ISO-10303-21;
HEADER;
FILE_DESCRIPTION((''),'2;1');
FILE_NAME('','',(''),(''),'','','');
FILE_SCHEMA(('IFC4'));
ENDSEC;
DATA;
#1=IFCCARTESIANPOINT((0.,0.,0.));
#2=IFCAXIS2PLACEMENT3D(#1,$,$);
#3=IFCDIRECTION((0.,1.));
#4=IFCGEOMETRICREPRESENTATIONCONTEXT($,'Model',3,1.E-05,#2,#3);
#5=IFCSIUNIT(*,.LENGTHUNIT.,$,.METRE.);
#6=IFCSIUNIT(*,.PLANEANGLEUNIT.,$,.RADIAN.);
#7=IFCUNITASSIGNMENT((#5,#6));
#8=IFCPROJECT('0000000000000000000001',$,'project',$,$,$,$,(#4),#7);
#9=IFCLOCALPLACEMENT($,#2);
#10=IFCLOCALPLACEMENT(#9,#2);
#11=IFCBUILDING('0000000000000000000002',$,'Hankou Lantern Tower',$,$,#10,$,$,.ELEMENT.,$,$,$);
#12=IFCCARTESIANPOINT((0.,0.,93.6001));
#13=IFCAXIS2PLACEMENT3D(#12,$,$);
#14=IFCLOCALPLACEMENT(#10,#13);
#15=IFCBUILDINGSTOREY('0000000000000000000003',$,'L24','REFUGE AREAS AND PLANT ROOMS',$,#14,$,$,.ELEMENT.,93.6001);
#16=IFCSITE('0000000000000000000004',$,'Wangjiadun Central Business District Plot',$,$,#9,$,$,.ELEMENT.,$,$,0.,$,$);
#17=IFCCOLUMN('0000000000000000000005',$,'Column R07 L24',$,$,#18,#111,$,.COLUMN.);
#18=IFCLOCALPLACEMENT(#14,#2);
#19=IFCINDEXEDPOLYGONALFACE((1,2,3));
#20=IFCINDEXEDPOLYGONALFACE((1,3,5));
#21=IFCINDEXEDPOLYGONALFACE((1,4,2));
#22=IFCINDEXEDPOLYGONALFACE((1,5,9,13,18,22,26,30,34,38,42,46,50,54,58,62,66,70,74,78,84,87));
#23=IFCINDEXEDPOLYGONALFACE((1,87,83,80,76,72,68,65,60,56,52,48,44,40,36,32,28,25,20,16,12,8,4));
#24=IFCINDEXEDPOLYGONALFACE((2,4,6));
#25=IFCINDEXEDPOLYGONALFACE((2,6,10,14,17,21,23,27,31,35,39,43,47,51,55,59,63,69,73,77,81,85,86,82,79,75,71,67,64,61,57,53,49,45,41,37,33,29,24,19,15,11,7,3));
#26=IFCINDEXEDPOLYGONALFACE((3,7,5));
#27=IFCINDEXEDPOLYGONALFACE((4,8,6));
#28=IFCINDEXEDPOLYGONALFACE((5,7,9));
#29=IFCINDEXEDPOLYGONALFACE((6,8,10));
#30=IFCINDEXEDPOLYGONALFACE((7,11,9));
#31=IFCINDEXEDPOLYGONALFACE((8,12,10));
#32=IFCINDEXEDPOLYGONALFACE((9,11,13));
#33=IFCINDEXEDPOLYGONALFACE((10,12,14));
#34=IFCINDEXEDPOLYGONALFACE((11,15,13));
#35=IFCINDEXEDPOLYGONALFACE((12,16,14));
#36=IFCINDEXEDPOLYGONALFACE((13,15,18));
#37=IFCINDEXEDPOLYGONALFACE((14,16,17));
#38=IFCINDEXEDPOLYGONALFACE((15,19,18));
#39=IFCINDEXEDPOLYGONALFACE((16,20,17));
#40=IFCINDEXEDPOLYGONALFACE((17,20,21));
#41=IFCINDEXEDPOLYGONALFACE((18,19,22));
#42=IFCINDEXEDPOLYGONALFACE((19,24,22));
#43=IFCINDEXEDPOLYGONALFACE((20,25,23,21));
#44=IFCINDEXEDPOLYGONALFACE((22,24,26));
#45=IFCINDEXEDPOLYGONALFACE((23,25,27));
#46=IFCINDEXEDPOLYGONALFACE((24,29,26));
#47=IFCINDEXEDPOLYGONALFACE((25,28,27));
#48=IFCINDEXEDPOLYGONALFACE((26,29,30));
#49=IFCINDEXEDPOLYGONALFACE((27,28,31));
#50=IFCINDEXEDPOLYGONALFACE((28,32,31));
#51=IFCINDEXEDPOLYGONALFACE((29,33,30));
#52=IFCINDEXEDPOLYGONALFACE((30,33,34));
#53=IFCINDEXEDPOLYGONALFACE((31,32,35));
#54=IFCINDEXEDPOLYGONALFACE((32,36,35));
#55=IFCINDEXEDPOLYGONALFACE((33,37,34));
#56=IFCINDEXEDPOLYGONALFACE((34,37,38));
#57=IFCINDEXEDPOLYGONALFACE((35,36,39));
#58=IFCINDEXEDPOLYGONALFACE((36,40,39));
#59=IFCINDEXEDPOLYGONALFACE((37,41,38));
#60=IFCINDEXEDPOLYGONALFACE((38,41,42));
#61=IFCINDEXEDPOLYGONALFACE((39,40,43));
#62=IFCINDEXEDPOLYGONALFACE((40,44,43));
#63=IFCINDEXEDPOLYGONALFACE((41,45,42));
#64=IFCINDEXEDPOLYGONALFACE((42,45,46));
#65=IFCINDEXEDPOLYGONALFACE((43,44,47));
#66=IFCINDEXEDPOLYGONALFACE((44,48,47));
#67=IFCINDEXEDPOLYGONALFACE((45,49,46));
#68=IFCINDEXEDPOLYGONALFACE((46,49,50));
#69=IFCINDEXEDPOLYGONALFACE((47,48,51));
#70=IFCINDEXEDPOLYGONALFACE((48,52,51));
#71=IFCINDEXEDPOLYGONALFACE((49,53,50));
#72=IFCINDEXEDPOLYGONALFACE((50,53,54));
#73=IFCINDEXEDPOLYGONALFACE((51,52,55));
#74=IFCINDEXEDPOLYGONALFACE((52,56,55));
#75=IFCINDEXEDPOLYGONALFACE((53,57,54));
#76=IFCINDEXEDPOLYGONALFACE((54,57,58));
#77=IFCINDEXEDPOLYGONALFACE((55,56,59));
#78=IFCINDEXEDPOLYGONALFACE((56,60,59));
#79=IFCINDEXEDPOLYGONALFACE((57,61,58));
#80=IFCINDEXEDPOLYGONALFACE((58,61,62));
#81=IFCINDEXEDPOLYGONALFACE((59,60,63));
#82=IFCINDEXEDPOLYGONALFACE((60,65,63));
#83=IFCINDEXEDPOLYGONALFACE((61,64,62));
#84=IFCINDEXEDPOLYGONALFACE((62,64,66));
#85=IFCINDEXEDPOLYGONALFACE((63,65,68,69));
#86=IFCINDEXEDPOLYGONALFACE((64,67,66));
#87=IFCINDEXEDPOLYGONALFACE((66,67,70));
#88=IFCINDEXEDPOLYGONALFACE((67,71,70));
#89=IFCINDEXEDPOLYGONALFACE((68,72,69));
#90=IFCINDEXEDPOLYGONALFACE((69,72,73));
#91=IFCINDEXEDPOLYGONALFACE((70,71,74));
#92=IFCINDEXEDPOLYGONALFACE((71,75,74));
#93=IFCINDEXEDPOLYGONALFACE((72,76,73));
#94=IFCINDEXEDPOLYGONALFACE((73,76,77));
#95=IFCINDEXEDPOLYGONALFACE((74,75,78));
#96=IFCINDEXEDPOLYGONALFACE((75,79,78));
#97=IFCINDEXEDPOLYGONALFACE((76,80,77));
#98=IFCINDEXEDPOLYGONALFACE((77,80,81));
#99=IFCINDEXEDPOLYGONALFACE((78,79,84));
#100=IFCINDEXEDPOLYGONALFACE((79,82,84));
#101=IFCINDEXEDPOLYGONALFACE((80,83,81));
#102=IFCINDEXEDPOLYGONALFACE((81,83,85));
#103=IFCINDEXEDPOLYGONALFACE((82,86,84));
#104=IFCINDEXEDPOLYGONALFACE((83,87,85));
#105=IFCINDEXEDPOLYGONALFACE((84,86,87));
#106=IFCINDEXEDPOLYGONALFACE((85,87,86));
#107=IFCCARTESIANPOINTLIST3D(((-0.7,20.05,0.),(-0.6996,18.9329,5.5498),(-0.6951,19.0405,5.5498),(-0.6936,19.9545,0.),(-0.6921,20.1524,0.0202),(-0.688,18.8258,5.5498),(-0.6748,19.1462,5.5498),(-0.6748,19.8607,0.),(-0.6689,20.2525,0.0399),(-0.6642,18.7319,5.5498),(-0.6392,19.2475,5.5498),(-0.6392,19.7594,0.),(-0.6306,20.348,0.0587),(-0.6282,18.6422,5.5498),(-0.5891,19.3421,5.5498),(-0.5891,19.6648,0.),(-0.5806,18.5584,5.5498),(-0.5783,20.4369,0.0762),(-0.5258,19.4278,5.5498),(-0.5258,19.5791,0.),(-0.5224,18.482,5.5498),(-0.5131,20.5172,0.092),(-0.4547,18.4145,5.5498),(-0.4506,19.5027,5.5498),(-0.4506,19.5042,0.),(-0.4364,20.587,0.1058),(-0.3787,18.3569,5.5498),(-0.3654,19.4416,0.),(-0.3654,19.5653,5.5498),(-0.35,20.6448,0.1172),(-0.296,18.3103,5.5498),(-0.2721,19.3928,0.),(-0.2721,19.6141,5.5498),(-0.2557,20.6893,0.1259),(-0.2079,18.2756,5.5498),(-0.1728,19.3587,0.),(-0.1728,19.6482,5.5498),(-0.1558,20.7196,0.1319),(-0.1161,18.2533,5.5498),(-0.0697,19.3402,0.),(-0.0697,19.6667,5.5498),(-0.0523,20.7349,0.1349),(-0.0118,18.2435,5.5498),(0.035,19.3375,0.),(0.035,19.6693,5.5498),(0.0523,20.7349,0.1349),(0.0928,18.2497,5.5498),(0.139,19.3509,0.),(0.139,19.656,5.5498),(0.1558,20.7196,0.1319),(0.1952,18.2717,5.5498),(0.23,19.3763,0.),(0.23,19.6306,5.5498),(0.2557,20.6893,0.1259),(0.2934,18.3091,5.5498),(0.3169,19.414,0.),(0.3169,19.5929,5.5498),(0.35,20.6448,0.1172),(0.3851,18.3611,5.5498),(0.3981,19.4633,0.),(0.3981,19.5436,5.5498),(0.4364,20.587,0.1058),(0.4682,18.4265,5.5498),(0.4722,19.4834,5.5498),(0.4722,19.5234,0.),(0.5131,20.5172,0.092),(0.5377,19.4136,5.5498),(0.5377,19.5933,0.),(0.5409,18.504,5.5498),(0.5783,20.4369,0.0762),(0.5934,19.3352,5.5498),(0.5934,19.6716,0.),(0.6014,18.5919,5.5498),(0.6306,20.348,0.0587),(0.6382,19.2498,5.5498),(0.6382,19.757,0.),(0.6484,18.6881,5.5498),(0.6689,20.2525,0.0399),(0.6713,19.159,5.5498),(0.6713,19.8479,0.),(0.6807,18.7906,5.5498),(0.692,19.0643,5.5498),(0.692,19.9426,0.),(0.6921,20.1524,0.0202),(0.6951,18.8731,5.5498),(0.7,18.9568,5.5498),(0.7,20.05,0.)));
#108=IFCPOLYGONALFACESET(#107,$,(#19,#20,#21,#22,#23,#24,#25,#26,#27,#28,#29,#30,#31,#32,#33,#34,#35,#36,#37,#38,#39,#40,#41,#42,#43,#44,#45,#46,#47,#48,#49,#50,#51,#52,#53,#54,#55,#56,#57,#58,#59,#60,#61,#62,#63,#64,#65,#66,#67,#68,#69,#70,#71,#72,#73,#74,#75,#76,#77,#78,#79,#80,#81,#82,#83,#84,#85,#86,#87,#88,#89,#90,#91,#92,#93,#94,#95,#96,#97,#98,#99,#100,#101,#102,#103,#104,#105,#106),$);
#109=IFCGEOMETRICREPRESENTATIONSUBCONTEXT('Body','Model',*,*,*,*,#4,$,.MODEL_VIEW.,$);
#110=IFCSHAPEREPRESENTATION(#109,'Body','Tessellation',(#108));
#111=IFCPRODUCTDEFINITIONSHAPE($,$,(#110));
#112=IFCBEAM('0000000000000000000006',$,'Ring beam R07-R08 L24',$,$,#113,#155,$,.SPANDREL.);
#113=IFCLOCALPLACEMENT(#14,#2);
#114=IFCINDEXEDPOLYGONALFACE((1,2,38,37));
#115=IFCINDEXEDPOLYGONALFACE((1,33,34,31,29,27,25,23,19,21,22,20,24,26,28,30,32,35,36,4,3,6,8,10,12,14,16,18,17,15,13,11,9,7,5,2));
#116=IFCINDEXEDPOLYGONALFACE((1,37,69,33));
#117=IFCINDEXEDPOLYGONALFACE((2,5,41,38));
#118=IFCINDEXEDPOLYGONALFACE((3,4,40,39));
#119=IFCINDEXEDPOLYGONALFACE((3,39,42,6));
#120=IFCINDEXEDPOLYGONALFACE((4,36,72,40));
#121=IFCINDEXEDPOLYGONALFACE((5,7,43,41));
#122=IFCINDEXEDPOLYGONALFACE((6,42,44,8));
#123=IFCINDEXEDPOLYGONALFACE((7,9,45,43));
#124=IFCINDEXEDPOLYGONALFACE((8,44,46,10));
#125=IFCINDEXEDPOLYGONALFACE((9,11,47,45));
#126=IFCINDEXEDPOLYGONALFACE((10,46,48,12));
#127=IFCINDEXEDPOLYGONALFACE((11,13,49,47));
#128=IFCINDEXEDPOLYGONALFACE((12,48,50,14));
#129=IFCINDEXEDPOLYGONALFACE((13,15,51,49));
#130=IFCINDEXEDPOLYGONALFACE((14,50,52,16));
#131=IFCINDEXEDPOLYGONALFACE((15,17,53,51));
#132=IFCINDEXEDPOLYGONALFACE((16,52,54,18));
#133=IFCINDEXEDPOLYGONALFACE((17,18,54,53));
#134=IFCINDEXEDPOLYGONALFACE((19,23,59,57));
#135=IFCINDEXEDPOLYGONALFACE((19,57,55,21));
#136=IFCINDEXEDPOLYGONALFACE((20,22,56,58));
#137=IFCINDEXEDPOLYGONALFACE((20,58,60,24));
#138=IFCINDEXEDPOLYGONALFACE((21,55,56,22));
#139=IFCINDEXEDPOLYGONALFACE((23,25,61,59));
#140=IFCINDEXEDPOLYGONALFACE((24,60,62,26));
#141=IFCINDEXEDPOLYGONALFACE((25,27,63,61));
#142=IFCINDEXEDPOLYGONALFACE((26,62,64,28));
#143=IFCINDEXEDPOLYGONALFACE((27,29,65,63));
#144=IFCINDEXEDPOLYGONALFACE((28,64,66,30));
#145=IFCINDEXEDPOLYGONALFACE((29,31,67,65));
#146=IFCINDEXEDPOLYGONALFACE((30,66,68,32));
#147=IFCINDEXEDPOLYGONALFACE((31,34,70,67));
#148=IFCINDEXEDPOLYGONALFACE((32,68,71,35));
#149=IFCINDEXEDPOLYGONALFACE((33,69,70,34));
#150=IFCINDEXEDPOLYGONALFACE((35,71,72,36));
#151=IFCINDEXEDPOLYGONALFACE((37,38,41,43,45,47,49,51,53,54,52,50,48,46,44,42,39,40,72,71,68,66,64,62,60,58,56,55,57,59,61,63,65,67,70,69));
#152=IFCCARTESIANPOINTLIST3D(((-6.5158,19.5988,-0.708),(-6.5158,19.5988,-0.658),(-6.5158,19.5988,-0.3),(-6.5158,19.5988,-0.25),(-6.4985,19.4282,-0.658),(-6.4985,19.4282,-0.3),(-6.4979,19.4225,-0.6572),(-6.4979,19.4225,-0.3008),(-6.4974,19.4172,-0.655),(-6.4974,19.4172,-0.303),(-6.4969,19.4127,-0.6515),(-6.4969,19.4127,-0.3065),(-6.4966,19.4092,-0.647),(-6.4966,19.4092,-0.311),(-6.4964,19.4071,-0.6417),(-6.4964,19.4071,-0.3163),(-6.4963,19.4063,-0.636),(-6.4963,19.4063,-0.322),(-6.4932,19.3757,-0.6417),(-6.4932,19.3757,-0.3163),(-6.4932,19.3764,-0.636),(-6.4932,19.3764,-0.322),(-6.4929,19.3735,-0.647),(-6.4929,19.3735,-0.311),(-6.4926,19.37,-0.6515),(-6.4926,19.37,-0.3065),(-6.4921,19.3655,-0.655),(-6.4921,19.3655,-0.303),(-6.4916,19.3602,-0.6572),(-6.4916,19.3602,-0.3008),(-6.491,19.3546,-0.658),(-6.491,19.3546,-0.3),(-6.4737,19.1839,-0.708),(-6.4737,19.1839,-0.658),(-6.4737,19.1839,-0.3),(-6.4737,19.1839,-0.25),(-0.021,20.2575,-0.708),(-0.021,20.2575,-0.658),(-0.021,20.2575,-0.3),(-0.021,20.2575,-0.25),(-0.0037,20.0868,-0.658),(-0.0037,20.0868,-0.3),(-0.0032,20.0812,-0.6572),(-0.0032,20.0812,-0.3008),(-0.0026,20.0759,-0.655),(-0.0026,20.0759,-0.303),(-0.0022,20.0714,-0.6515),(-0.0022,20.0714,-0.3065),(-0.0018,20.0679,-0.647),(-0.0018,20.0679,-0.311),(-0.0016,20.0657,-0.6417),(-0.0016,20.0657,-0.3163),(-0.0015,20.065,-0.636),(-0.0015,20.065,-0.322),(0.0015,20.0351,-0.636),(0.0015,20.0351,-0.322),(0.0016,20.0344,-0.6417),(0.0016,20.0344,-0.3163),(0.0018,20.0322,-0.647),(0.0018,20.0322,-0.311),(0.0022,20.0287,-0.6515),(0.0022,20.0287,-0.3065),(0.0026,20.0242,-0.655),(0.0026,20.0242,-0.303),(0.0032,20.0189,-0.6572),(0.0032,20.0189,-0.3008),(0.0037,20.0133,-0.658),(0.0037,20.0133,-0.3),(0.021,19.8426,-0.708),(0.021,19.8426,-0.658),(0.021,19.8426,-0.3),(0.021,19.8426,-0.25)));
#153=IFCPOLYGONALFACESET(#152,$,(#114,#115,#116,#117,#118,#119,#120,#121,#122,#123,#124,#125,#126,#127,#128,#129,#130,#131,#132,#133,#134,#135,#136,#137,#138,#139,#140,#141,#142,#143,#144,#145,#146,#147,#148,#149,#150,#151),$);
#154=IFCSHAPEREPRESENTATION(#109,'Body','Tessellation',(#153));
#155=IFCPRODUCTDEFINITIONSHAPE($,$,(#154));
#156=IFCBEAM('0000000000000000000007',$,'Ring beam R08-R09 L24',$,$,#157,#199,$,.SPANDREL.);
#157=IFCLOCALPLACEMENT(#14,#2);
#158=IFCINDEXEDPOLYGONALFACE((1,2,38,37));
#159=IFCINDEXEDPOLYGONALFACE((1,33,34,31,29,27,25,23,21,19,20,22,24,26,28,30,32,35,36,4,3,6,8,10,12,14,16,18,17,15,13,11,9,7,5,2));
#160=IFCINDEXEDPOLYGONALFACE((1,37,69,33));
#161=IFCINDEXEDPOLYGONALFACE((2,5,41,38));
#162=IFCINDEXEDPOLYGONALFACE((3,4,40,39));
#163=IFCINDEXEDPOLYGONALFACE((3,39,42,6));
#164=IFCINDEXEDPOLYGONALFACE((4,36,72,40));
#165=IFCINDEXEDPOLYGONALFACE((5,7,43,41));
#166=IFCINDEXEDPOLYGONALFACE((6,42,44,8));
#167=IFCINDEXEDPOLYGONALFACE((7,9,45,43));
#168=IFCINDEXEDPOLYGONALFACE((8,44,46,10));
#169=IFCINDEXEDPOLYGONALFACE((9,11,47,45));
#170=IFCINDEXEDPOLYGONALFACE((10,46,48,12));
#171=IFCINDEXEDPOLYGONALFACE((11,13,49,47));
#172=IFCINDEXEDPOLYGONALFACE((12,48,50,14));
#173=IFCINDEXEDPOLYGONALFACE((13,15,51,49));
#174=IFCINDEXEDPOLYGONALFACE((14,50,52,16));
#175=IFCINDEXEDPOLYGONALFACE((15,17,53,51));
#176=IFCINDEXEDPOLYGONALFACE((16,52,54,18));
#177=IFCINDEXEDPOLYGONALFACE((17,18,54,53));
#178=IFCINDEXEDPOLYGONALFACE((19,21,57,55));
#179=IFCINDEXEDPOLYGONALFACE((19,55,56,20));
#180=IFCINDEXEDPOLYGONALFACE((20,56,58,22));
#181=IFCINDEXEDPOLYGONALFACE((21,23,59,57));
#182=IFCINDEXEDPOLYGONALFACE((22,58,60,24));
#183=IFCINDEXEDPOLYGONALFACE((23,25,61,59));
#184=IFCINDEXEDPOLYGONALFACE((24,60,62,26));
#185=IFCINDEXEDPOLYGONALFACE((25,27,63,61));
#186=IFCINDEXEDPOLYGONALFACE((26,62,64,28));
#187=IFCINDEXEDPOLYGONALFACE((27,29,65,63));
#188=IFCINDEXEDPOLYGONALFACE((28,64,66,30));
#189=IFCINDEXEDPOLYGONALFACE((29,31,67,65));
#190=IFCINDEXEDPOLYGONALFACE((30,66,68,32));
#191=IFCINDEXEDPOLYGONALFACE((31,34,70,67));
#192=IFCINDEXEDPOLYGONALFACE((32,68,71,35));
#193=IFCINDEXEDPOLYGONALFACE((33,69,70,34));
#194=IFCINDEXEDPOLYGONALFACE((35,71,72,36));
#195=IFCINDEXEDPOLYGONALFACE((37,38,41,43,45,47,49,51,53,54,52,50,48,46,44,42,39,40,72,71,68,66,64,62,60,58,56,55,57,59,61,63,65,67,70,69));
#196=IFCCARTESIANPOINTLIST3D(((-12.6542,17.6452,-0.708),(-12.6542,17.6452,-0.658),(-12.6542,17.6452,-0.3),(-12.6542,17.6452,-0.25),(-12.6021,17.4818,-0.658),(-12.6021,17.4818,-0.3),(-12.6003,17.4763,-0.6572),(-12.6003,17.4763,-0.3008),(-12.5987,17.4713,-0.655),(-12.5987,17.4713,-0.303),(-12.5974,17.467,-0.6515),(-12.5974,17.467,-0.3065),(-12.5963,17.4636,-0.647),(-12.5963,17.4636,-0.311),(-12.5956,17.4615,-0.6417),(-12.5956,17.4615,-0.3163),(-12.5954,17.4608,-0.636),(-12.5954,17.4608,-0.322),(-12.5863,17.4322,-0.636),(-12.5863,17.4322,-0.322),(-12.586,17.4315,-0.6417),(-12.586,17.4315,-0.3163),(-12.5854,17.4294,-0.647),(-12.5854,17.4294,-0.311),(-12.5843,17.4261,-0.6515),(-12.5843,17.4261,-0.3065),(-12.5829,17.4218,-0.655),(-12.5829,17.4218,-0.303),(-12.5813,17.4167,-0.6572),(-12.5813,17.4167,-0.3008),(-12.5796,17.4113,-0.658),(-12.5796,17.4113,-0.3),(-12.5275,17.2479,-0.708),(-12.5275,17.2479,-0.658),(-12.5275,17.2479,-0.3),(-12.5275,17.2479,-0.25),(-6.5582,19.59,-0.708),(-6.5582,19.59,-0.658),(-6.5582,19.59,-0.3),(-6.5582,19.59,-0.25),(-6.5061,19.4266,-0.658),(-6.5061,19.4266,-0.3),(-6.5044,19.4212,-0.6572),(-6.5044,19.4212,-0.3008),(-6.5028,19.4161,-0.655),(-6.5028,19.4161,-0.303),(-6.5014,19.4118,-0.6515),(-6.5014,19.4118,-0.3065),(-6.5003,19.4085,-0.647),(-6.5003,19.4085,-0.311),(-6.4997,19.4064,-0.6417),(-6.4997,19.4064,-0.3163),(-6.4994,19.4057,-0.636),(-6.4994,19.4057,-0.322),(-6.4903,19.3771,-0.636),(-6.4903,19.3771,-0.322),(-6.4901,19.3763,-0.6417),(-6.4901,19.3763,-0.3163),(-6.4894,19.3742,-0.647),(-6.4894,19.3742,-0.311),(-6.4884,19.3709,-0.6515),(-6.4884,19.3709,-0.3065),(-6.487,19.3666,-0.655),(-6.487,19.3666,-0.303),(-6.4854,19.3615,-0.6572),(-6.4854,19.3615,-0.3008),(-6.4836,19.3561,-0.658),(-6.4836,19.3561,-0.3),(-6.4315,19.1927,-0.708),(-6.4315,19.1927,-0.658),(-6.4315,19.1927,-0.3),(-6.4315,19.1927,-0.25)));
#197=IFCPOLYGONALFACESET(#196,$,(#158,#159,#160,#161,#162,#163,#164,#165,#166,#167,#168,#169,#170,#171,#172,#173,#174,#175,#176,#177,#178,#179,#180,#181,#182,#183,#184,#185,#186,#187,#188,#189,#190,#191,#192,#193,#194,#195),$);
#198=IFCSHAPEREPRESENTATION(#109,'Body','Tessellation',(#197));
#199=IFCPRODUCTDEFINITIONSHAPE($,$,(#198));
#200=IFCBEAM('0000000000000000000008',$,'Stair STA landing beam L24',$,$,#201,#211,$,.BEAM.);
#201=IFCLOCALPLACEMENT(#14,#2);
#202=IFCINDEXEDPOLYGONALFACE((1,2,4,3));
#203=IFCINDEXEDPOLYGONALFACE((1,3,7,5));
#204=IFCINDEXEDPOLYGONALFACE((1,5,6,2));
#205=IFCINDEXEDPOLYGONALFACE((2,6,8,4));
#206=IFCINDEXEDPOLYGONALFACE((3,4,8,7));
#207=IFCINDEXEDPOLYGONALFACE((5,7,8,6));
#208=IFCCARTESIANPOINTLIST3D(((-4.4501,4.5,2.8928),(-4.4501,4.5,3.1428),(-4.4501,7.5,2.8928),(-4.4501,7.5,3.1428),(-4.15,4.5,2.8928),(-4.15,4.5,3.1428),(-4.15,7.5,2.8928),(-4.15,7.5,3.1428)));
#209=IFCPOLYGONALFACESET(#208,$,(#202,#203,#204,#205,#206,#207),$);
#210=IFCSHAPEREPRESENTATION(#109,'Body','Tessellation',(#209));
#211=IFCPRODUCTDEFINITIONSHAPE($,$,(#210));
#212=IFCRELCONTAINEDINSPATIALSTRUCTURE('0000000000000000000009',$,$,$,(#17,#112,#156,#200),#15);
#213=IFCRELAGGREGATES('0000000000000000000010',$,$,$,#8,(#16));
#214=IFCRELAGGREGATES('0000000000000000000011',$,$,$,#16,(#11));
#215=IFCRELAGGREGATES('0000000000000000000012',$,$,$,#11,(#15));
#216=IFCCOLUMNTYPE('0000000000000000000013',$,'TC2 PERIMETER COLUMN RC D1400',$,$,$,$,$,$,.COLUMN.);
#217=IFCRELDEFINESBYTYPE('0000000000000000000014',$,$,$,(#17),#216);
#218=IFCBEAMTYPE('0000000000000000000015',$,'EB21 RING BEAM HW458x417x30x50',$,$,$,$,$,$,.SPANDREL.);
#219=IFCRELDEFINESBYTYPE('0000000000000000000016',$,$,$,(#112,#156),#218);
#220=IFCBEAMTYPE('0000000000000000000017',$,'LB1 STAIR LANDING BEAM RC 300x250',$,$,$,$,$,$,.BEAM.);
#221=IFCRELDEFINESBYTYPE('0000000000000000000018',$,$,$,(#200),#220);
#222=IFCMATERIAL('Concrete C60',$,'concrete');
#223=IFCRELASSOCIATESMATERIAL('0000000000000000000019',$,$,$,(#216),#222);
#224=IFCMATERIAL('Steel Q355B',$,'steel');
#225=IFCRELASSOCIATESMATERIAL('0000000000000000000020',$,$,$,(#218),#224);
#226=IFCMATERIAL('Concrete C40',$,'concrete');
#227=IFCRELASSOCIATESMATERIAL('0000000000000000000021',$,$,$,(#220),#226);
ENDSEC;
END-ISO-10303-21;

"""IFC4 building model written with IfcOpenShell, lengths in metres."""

from ifc_helpers import new_model, si_unit, direction, frame, origin, origin_2d, place, context, subcontext, project, spatial, rectangle, circle, i_section, extrude, clip, halfspace, material, material_profile, profile_set, type_object, element, save


model = new_model("IFC4")

# Units and contexts
model_context = context("Model", 3, precision=1e-05, world=origin(), true_north=direction((0.0, 1.0)))
body_context = subcontext(model_context, "Body", "Model", "MODEL_VIEW")
ifc_project = project(units=[si_unit("LENGTHUNIT", "METRE"), si_unit("PLANEANGLEUNIT", "RADIAN")], contexts=[model_context])

# Site, building, storey
site_placement = place(None, origin())
site = spatial("IfcSite", under=ifc_project, at=site_placement, Name="Wangjiadun Central Business District Plot", CompositionType="ELEMENT", RefElevation=0.0)
building_placement = place(site_placement, origin())
building = spatial("IfcBuilding", under=site, at=building_placement, Name="Hankou Lantern Tower", CompositionType="ELEMENT")
storey_placement = place(building_placement, frame((0.0, 0.0, 93.6001)))
storey = spatial("IfcBuildingStorey", under=building, at=storey_placement, Name="L24", Description="REFUGE AREAS AND PLANT ROOMS", CompositionType="ELEMENT", Elevation=93.6001)

# Column
ifc_material_1 = material(Name="Concrete C60", Category="concrete")
ifc_material_profile_1 = material_profile(ifc_material_1, circle(Radius=0.7, at=origin_2d()), Name="RC D1400")
ifc_profile_set_1 = profile_set([ifc_material_profile_1], Name="Concrete C60")
column_type = type_object("IfcColumnType", Name="TC2 PERIMETER COLUMN RC D1400", PredefinedType="COLUMN", material=ifc_profile_set_1)
column_1_placement = place(storey_placement, frame((0.0, 20.05, 0.0), z_axis=(0.0, -0.193268, 0.981146), x_axis=(1.0, 0.0, 0.0)))
element("IfcColumn", 1, at=column_1_placement, inside=storey, type_object=column_type, Name="Column R07 L24", PredefinedType="COLUMN", context=body_context, shape_type="Clipping", body=[
    clip(clip(extrude(circle(Radius=0.7, at=origin_2d()), origin(), (0.0, 0.0, 1.0), 6.7266), halfspace(frame((0.0, 0.0, 0.0), z_axis=(0.0, -0.193268, -0.981146), x_axis=(1.0, 0.0, 0.0)), False)), halfspace(frame((0.0, 0.0, 5.6565), z_axis=(0.0, 0.193268, 0.981146), x_axis=(1.0, 0.0, 0.0)), False)),
])

# Beams
ifc_material_2 = material(Name="Steel Q355B", Category="steel")
ifc_material_profile_2 = material_profile(ifc_material_2, i_section(OverallWidth=0.417, OverallDepth=0.458, WebThickness=0.03, FlangeThickness=0.05, FilletRadius=0.022, at=origin_2d()), Name="HW458x417x30x50")
ifc_profile_set_2 = profile_set([ifc_material_profile_2], Name="Steel Q355B")
beam_type_1 = type_object("IfcBeamType", Name="EB21 RING BEAM HW458x417x30x50", PredefinedType="SPANDREL", material=ifc_profile_set_2)
beam_1_placement = place(storey_placement, frame((0.0, 20.05, -0.479), z_axis=(-0.994897, -0.1009, 0.0), x_axis=(0.1009, -0.994897, 0.0)))
element("IfcBeam", 2, at=beam_1_placement, inside=storey, type_object=beam_type_1, Name="Ring beam R07-R08 L24", PredefinedType="SPANDREL", context=body_context, shape_type="SweptSolid", body=[
    extrude(i_section(OverallWidth=0.417, OverallDepth=0.458, WebThickness=0.03, FlangeThickness=0.05, FilletRadius=0.022, at=origin_2d()), origin(), (0.0, 0.0, 1.0), 6.5281),
])
beam_2_placement = place(storey_placement, frame((-6.4949, 19.3914, -0.479), z_axis=(-0.95269, -0.303942, 0.0), x_axis=(0.303942, -0.95269, 0.0)))
element("IfcBeam", 3, at=beam_2_placement, inside=storey, type_object=beam_type_1, Name="Ring beam R08-R09 L24", PredefinedType="SPANDREL", context=body_context, shape_type="SweptSolid", body=[
    extrude(i_section(OverallWidth=0.417, OverallDepth=0.458, WebThickness=0.03, FlangeThickness=0.05, FilletRadius=0.022, at=origin_2d()), origin(), (0.0, 0.0, 1.0), 6.3987),
])
ifc_material_3 = material(Name="Concrete C40", Category="concrete")
ifc_material_profile_3 = material_profile(ifc_material_3, rectangle(XDim=0.3, YDim=0.25, at=origin_2d()), Name="RC 300x250")
ifc_profile_set_3 = profile_set([ifc_material_profile_3], Name="Concrete C40")
beam_type_2 = type_object("IfcBeamType", Name="LB1 STAIR LANDING BEAM RC 300x250", PredefinedType="BEAM", material=ifc_profile_set_3)
beam_3_placement = place(storey_placement, frame((-4.3, 4.5, 3.0178), z_axis=(0.0, 1.0, 0.0), x_axis=(-1.0, 0.0, 0.0)))
element("IfcBeam", 4, at=beam_3_placement, inside=storey, type_object=beam_type_2, Name="Stair STA landing beam L24", PredefinedType="BEAM", context=body_context, shape_type="SweptSolid", body=[
    extrude(rectangle(XDim=0.3, YDim=0.25, at=origin_2d()), origin(), (0.0, 0.0, 1.0), 3.0),
])

save(model, "model.ifc")
